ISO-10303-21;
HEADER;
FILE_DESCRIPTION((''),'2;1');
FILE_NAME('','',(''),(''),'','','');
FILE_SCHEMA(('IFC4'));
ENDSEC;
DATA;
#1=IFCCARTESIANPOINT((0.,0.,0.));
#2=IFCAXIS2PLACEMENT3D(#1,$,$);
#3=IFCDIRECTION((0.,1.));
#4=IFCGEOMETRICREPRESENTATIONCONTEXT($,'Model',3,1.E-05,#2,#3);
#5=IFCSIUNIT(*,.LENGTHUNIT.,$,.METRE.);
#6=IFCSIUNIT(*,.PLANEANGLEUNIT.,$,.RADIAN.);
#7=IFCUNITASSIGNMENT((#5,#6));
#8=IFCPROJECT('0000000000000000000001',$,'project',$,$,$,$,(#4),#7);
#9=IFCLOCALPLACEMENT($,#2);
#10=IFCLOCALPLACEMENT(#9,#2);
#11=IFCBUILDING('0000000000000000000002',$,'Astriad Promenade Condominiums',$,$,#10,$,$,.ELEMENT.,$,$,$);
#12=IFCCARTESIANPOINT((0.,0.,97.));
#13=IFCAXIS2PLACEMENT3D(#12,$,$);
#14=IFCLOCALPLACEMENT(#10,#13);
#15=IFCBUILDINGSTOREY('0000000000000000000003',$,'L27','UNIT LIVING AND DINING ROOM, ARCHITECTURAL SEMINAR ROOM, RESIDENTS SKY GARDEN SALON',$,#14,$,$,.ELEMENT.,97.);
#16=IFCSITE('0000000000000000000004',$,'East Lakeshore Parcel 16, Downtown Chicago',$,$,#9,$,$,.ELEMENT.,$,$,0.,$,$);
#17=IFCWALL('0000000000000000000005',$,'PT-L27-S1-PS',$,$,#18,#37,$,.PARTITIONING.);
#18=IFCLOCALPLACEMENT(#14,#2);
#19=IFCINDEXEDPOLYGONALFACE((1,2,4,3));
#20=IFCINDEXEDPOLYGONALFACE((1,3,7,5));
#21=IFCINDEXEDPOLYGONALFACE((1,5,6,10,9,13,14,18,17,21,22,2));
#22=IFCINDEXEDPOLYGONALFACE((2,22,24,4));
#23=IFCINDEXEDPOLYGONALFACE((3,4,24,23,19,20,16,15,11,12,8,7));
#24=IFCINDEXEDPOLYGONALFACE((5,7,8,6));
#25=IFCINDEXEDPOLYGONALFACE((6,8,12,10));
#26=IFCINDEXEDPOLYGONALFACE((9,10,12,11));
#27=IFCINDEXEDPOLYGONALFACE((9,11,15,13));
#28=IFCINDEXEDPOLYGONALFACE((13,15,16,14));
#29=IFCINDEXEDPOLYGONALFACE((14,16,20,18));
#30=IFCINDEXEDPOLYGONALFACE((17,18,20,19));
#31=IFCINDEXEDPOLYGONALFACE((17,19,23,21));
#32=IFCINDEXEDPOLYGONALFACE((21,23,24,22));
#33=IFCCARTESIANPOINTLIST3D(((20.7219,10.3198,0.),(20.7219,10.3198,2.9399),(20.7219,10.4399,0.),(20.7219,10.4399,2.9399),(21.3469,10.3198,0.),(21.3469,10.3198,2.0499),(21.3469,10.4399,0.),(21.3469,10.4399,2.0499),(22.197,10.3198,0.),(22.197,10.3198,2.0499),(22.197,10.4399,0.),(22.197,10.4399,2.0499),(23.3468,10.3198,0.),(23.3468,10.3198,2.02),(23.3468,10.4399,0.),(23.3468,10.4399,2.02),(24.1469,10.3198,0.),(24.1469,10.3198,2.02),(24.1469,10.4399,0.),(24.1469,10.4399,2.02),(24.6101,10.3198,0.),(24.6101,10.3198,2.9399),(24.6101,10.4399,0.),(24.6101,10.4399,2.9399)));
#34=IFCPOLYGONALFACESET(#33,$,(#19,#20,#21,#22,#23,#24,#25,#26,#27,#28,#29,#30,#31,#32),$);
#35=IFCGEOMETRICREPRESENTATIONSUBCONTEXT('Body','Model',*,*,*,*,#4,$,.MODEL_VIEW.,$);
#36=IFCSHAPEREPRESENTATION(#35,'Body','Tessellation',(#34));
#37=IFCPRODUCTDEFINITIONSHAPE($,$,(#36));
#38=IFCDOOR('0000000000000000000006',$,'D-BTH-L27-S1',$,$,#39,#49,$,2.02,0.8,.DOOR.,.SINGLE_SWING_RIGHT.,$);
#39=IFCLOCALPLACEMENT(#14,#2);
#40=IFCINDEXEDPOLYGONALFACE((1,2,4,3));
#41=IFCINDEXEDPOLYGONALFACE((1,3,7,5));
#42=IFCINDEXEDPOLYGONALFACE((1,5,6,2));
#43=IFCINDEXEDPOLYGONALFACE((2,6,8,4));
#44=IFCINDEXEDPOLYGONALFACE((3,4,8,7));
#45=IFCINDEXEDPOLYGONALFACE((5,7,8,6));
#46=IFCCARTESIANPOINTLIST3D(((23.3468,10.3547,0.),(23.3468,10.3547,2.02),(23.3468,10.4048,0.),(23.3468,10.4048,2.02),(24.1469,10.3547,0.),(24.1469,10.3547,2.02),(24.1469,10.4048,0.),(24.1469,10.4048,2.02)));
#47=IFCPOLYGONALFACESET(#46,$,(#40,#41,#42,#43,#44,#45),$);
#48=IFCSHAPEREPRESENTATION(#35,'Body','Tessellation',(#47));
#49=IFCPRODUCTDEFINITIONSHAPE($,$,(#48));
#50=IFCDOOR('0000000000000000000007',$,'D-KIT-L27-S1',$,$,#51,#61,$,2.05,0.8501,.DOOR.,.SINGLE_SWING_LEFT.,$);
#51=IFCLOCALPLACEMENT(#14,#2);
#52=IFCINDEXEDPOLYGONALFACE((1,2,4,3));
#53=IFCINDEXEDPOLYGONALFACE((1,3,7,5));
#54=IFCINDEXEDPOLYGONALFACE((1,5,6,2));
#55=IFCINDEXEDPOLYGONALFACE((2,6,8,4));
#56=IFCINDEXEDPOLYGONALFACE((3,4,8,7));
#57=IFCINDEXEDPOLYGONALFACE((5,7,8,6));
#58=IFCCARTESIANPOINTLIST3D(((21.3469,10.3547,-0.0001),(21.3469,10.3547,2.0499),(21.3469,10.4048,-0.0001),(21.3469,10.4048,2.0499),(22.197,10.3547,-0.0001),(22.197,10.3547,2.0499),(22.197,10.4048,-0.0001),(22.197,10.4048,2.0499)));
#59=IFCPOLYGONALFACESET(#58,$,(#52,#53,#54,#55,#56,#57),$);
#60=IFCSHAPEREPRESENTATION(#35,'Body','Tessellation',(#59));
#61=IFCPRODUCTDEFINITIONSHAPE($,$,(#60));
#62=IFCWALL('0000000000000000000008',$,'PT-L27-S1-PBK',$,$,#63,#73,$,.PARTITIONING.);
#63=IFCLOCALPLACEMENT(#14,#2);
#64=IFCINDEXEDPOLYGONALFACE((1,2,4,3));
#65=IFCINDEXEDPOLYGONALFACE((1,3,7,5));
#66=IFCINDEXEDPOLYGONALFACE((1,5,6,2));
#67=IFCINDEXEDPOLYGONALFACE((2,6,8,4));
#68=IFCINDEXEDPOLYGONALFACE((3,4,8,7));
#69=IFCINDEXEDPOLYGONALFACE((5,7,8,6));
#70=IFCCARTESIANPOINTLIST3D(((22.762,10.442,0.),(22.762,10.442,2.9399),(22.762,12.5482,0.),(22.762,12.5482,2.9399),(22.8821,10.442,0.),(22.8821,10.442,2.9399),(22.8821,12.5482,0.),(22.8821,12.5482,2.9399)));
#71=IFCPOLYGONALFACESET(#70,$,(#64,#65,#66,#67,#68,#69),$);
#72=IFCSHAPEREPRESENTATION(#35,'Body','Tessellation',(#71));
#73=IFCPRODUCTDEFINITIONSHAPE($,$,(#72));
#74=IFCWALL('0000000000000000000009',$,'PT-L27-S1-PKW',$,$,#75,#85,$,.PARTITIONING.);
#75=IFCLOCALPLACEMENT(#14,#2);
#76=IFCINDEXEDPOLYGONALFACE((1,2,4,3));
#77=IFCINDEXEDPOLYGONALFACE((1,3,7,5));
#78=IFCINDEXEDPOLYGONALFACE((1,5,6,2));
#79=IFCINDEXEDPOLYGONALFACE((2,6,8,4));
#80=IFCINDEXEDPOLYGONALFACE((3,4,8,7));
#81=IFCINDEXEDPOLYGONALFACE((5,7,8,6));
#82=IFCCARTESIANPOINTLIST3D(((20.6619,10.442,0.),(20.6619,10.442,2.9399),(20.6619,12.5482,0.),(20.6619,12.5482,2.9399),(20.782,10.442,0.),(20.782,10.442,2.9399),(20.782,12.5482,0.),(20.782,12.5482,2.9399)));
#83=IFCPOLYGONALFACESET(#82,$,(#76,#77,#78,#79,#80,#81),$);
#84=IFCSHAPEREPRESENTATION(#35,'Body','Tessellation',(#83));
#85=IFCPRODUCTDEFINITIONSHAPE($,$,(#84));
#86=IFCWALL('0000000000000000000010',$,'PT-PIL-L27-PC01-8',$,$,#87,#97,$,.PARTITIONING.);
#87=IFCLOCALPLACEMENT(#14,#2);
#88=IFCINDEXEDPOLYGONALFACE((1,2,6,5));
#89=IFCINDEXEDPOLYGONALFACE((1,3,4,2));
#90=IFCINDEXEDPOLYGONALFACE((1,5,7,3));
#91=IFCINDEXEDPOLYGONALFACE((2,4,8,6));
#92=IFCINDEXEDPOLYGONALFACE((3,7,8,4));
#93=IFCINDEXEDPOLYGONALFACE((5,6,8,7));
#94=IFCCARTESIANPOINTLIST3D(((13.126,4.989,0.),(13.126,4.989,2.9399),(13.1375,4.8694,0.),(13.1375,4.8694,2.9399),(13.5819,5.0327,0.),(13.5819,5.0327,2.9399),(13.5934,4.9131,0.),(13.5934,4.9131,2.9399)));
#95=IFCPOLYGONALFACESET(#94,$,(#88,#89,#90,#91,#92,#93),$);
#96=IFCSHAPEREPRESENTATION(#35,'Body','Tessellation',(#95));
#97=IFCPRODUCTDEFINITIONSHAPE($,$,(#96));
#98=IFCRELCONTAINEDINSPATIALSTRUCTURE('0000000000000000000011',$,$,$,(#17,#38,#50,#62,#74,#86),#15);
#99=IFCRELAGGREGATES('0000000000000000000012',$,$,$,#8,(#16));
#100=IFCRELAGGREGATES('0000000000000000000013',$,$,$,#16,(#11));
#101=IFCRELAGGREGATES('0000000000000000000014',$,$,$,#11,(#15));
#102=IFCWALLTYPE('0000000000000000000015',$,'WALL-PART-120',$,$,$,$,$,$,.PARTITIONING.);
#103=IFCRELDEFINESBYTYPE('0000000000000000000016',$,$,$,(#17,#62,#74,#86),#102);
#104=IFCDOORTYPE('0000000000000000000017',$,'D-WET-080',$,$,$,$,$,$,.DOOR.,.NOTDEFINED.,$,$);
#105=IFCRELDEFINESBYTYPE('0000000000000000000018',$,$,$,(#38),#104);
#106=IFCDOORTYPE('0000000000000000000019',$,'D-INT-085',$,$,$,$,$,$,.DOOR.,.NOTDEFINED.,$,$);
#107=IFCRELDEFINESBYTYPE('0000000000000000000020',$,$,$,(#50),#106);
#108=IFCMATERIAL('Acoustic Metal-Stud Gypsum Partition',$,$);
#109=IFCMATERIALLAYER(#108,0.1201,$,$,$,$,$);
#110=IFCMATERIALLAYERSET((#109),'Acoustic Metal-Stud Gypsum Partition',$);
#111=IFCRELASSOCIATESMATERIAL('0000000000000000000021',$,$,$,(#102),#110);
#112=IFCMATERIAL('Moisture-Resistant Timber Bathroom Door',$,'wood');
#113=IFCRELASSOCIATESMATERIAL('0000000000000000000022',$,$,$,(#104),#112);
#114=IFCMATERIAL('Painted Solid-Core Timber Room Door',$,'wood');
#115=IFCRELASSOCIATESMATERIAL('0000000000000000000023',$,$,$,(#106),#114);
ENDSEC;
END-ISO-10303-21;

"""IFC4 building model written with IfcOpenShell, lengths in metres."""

from ifc_helpers import new_model, si_unit, direction, frame, frame_2d, origin, place, context, subcontext, project, spatial, rectangle, extrude, source, transform, mapped, material, layer, layer_set, type_object, type_shapes, element, fill, save


model = new_model("IFC4")

# Units and contexts
model_context = context("Model", 3, precision=1e-05, world=origin(), true_north=direction((0.0, 1.0)))
body_context = subcontext(model_context, "Body", "Model", "MODEL_VIEW")
ifc_project = project(units=[si_unit("LENGTHUNIT", "METRE"), si_unit("PLANEANGLEUNIT", "RADIAN")], contexts=[model_context])

# Site, building, storey
site_placement = place(None, origin())
site = spatial("IfcSite", under=ifc_project, at=site_placement, Name="East Lakeshore Parcel 16, Downtown Chicago", CompositionType="ELEMENT", RefElevation=0.0)
building_placement = place(site_placement, origin())
building = spatial("IfcBuilding", under=site, at=building_placement, Name="Astriad Promenade Condominiums", CompositionType="ELEMENT")
storey_placement = place(building_placement, frame((0.0, 0.0, 97.0)))
storey = spatial("IfcBuildingStorey", under=building, at=storey_placement, Name="L27", Description="UNIT LIVING AND DINING ROOM, ARCHITECTURAL SEMINAR ROOM, RESIDENTS SKY GARDEN SALON", CompositionType="ELEMENT", Elevation=97.0)

# Wall, openings, doors
ifc_material_1 = material(Name="Acoustic Metal-Stud Gypsum Partition")
ifc_layer_1 = layer(ifc_material_1, 0.1201)
ifc_layer_set_1 = layer_set([ifc_layer_1], Name="Acoustic Metal-Stud Gypsum Partition")
wall_type_1 = type_object("IfcWallType", Name="WALL-PART-120", PredefinedType="PARTITIONING", material=ifc_layer_set_1)
wall_1_placement = place(storey_placement, frame((20.7219, 10.3799, 0.0), z_axis=(0.0, 0.0, 1.0), x_axis=(1.0, 0.0, 0.0)))
wall_1 = element("IfcWall", 1, at=wall_1_placement, inside=storey, type_object=wall_type_1, Name="PT-L27-S1-PS", PredefinedType="PARTITIONING", context=body_context, shape_type="SweptSolid", body=[
    extrude(rectangle(XDim=3.8882, YDim=0.1201, at=frame_2d((1.9441, 0.0))), origin(), (0.0, 0.0, 1.0), 2.9399),
])
opening_1_placement = place(wall_1_placement, frame((0.625, 0.0, 0.0)))
opening_1 = element("IfcOpeningElement", 2, at=opening_1_placement, cuts=wall_1, PredefinedType="OPENING", context=body_context, shape_type="SweptSolid", body=[
    extrude(rectangle(XDim=0.8501, YDim=2.05, at=frame_2d((0.425, 1.0249))), frame((0.0, 0.0701, 0.0), z_axis=(0.0, -1.0, 0.0), x_axis=(1.0, 0.0, 0.0)), (0.0, 0.0, 1.0), 0.1401),
])
opening_2_placement = place(wall_1_placement, frame((2.625, 0.0, 0.0)))
opening_2 = element("IfcOpeningElement", 3, at=opening_2_placement, cuts=wall_1, PredefinedType="OPENING", context=body_context, shape_type="SweptSolid", body=[
    extrude(rectangle(XDim=0.8, YDim=2.02, at=frame_2d((0.3999, 1.01))), frame((0.0, 0.0701, 0.0), z_axis=(0.0, -1.0, 0.0), x_axis=(1.0, 0.0, 0.0)), (0.0, 0.0, 1.0), 0.1401),
])
ifc_material_2 = material(Name="Moisture-Resistant Timber Bathroom Door", Category="wood")
door_type_1 = type_object("IfcDoorType", Name="D-WET-080", OperationType="NOTDEFINED", PredefinedType="DOOR", material=ifc_material_2)
shared_shape_1 = source(origin(), body_context, "Body", "SweptSolid", [
    extrude(rectangle(XDim=0.8, YDim=2.02, at=frame_2d((0.3999, 1.01))), frame((0.0, 0.0249, 0.0), z_axis=(0.0, -1.0, 0.0), x_axis=(1.0, 0.0, 0.0)), (0.0, 0.0, 1.0), 0.05),
])
type_shapes(door_type_1, [shared_shape_1])
door_1_placement = place(opening_2_placement, origin())
door_1 = element("IfcDoor", 4, at=door_1_placement, inside=storey, type_object=door_type_1, Name="D-BTH-L27-S1", OperationType="SINGLE_SWING_RIGHT", OverallHeight=2.02, OverallWidth=0.8, PredefinedType="DOOR", context=body_context, shape_type="MappedRepresentation", body=[
    mapped(shared_shape_1, transform((0.0, 0.0, 0.0), scale=1.0)),
])
fill(opening_2, door_1)
ifc_material_3 = material(Name="Painted Solid-Core Timber Room Door", Category="wood")
door_type_2 = type_object("IfcDoorType", Name="D-INT-085", OperationType="NOTDEFINED", PredefinedType="DOOR", material=ifc_material_3)
shared_shape_2 = source(origin(), body_context, "Body", "SweptSolid", [
    extrude(rectangle(XDim=0.8501, YDim=2.05, at=frame_2d((0.425, 1.0249))), frame((0.0, 0.0249, 0.0), z_axis=(0.0, -1.0, 0.0), x_axis=(1.0, 0.0, 0.0)), (0.0, 0.0, 1.0), 0.05),
])
type_shapes(door_type_2, [shared_shape_2])
door_2_placement = place(opening_1_placement, origin())
door_2 = element("IfcDoor", 5, at=door_2_placement, inside=storey, type_object=door_type_2, Name="D-KIT-L27-S1", OperationType="SINGLE_SWING_LEFT", OverallHeight=2.05, OverallWidth=0.8501, PredefinedType="DOOR", context=body_context, shape_type="MappedRepresentation", body=[
    mapped(shared_shape_2, transform((0.0, 0.0, 0.0), scale=1.0)),
])
fill(opening_1, door_2)

# Walls
for number, where, z_axis, x_axis, name in (
    (6, (22.822, 10.4419, 0.0), (0.0, 0.0, 1.0), (0.0, 1.0, 0.0), "PT-L27-S1-PBK"),
    (7, (20.7219, 10.4419, 0.0), (0.0, 0.0, 1.0), (0.0, 1.0, 0.0), "PT-L27-S1-PKW"),
):
    element("IfcWall", number, at=place(storey_placement, frame(where, z_axis=z_axis, x_axis=x_axis)), inside=storey, type_object=wall_type_1, Name=name, PredefinedType="PARTITIONING", context=body_context, shape_type="SweptSolid", body=[
        extrude(rectangle(XDim=2.1062, YDim=0.1201, at=frame_2d((1.0532, 0.0))), origin(), (0.0, 0.0, 1.0), 2.9399),
    ])
wall_2_placement = place(storey_placement, frame((13.5876, 4.9729, 0.0), z_axis=(0.0, 0.0, 1.0), x_axis=(-0.995435, -0.095438, 0.0)))
element("IfcWall", 8, at=wall_2_placement, inside=storey, type_object=wall_type_1, Name="PT-PIL-L27-PC01-8", PredefinedType="PARTITIONING", context=body_context, shape_type="SweptSolid", body=[
    extrude(rectangle(XDim=0.458, YDim=0.1201, at=frame_2d((0.229, 0.0))), origin(), (0.0, 0.0, 1.0), 2.9399),
])

save(model, "model.ifc")
